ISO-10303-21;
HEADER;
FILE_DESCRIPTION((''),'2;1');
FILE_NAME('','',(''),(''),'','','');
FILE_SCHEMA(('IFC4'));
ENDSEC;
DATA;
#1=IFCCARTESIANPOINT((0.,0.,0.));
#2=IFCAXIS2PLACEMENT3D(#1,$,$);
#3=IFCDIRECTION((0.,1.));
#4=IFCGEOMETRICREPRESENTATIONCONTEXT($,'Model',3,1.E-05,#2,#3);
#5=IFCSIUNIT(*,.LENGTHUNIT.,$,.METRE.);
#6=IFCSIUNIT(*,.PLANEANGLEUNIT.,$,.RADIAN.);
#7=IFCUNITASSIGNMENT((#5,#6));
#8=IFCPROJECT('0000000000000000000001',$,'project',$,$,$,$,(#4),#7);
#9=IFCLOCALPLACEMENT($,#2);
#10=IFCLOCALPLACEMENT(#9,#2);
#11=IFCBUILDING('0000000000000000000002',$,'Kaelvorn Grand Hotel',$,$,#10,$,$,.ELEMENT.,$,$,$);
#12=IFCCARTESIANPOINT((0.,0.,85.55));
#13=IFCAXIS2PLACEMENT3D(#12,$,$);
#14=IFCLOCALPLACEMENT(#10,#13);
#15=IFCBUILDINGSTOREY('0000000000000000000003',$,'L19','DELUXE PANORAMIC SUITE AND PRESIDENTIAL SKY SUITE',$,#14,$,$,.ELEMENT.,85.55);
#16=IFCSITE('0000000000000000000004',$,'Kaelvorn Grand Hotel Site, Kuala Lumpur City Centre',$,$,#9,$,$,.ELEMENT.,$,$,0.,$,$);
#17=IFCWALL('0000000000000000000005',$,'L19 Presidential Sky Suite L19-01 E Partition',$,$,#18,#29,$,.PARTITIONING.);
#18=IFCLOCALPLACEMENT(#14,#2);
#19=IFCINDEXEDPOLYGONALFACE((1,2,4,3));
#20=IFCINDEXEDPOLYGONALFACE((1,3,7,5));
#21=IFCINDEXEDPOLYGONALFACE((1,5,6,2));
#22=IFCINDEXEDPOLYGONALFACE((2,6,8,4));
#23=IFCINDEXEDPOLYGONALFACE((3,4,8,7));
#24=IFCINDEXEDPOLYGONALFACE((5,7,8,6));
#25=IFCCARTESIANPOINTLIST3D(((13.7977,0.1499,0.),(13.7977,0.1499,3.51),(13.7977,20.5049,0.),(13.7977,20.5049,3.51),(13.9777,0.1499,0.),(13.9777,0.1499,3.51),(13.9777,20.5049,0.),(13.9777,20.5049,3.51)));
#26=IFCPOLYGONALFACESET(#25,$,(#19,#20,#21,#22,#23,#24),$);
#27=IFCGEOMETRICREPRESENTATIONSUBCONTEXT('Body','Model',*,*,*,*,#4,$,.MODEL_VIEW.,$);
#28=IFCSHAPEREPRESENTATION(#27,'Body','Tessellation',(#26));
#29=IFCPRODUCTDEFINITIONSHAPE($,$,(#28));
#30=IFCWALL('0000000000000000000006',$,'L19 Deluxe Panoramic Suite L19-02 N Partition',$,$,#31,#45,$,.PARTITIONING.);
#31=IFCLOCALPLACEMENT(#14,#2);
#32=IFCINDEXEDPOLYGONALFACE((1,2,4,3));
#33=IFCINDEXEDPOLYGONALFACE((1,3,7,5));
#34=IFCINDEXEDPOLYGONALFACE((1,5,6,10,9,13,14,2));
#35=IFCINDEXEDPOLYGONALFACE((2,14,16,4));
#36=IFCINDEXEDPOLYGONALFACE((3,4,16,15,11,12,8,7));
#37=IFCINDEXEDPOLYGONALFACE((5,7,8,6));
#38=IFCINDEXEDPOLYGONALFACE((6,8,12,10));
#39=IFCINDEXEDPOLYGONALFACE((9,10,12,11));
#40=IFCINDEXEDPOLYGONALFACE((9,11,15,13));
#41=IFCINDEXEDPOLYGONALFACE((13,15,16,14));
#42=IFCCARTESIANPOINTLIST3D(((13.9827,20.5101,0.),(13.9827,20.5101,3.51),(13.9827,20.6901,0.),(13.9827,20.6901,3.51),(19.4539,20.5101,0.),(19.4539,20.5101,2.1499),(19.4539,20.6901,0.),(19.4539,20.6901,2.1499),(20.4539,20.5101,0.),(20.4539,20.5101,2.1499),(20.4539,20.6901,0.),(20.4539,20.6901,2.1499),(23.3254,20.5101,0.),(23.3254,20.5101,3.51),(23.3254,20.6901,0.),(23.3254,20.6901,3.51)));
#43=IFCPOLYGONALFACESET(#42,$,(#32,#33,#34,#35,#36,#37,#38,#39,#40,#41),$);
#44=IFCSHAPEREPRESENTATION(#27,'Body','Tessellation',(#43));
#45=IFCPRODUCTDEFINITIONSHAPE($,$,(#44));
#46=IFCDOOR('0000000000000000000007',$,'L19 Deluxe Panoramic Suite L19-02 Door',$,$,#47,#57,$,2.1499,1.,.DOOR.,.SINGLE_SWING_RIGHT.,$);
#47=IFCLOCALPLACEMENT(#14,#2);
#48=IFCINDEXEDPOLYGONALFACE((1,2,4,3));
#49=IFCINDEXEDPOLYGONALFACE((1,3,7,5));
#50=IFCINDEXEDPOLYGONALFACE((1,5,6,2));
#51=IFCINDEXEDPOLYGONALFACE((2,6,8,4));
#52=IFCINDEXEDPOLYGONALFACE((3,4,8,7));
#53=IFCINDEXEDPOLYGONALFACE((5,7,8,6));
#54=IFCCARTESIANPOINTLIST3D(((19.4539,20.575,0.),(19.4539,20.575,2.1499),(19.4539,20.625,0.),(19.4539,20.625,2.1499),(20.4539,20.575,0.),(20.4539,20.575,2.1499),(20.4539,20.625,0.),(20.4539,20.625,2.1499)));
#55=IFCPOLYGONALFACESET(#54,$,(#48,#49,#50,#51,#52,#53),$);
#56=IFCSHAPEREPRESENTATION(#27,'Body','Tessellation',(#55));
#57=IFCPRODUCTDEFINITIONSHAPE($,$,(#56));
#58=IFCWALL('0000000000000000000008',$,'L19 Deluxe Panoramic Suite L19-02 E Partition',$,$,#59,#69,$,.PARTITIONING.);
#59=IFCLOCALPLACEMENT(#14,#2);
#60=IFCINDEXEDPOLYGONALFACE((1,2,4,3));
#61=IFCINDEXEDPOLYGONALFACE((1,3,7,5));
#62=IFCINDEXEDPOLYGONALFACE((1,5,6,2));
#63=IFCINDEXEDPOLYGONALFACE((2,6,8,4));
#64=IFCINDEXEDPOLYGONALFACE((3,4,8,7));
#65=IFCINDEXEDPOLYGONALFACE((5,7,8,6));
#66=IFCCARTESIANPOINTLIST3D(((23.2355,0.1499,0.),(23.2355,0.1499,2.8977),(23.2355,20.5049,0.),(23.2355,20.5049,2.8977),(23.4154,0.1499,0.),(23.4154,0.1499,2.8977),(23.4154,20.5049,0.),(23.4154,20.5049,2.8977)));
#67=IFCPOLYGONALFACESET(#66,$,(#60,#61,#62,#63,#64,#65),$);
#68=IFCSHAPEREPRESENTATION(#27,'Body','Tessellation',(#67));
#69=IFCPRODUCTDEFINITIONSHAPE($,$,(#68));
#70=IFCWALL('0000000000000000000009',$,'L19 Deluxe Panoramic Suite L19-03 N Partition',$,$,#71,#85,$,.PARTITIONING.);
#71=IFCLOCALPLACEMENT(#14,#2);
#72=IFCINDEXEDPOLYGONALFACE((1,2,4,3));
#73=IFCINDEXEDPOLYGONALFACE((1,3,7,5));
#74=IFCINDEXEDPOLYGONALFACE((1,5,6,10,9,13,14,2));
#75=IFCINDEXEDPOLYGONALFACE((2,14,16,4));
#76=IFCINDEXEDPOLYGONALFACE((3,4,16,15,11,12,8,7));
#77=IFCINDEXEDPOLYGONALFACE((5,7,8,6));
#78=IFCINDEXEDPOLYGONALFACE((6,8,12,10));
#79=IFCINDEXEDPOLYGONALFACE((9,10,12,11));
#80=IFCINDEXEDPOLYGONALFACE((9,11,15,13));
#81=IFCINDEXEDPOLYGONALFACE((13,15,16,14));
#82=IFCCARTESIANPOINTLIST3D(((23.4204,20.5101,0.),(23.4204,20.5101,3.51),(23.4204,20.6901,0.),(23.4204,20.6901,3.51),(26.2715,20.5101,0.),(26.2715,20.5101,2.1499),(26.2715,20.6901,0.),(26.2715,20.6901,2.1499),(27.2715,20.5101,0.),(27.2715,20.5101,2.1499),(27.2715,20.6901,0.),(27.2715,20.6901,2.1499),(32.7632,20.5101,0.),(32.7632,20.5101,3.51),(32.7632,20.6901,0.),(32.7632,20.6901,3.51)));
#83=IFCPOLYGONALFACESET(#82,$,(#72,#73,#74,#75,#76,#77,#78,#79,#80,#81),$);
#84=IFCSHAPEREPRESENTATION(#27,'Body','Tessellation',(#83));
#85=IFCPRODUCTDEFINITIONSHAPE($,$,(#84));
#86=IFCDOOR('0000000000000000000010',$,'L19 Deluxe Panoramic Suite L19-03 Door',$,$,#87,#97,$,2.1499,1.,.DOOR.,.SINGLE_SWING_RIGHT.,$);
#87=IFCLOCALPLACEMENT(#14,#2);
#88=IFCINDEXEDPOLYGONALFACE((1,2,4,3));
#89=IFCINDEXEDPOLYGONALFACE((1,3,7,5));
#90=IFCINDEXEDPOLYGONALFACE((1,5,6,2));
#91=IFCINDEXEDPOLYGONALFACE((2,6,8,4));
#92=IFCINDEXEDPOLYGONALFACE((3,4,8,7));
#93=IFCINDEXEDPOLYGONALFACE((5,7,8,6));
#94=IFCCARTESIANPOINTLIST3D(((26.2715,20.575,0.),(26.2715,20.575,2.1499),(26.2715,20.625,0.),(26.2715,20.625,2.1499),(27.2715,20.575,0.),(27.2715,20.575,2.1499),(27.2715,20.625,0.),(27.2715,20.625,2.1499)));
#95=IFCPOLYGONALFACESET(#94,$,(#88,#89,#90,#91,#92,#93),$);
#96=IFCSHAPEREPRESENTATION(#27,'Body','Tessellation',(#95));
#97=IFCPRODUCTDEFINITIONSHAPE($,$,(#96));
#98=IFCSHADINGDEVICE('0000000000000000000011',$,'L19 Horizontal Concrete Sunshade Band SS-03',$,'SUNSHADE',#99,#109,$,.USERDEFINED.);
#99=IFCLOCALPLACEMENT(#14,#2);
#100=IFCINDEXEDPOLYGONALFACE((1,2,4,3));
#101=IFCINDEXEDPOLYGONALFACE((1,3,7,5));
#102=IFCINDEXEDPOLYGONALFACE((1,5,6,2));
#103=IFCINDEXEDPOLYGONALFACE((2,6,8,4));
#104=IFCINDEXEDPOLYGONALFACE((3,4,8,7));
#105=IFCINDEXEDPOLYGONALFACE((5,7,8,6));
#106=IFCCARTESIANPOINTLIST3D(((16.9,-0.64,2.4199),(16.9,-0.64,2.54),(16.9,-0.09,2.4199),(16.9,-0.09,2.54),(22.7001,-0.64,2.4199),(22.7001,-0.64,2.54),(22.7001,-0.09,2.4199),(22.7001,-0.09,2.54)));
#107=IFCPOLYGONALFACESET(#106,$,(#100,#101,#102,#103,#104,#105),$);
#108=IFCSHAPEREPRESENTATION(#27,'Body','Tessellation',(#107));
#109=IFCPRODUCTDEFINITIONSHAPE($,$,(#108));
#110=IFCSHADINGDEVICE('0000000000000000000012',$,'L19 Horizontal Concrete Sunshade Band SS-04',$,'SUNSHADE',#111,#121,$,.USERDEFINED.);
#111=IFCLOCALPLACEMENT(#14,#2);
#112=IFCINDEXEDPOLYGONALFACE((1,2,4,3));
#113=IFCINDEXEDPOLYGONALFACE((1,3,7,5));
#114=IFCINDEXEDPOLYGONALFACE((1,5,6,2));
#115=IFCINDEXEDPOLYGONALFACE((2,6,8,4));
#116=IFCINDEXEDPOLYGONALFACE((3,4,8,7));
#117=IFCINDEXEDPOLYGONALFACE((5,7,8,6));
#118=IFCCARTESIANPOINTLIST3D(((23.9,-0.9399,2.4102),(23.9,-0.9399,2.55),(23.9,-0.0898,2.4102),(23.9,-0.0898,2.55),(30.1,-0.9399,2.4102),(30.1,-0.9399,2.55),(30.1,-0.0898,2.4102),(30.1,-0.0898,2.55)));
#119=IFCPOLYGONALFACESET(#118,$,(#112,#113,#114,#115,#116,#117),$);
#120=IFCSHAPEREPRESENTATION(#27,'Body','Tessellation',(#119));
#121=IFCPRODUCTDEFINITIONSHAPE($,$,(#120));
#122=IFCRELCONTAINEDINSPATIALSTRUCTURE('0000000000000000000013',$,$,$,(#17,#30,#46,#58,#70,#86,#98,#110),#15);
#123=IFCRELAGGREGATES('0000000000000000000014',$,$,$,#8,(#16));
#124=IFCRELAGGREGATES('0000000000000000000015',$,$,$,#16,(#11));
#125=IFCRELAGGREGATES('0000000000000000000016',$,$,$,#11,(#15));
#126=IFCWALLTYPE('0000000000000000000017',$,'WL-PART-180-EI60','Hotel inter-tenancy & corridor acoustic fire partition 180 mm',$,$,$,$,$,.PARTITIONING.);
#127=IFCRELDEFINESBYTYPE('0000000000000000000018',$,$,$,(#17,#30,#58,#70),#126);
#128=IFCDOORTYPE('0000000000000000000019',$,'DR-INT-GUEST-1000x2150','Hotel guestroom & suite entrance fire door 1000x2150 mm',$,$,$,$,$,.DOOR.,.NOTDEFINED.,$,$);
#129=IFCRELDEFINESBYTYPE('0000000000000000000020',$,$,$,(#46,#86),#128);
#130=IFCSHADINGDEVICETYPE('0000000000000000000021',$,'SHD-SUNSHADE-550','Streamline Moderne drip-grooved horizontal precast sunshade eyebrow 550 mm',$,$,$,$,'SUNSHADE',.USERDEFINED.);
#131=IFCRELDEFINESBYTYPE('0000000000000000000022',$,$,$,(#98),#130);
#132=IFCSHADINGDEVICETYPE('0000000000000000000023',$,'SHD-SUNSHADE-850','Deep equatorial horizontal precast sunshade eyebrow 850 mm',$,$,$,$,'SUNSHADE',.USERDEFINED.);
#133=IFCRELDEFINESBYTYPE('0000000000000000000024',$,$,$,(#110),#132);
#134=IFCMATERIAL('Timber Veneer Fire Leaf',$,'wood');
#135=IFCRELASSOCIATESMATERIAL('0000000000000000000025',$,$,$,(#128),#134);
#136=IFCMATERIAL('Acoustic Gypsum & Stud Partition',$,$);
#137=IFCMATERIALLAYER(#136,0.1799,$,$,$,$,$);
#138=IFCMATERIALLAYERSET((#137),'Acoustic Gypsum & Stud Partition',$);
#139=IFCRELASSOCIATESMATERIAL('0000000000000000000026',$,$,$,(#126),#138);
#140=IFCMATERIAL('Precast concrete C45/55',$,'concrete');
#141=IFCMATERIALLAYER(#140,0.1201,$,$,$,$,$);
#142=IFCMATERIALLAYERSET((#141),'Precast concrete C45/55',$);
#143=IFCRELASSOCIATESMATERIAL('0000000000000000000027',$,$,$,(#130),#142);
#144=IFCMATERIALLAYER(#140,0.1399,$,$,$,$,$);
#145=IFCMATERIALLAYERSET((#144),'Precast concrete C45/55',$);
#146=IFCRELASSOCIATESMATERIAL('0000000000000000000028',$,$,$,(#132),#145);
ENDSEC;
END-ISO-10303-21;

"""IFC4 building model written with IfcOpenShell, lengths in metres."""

from ifc_helpers import new_model, si_unit, direction, frame, frame_2d, origin, origin_2d, place, context, subcontext, project, spatial, rectangle, extrude, material, layer, layer_set, type_object, element, fill, save


model = new_model("IFC4")

# Units and contexts
model_context = context("Model", 3, precision=1e-05, world=origin(), true_north=direction((0.0, 1.0)))
body_context = subcontext(model_context, "Body", "Model", "MODEL_VIEW")
ifc_project = project(units=[si_unit("LENGTHUNIT", "METRE"), si_unit("PLANEANGLEUNIT", "RADIAN")], contexts=[model_context])

# Site, building, storey
site_placement = place(None, origin())
site = spatial("IfcSite", under=ifc_project, at=site_placement, Name="Kaelvorn Grand Hotel Site, Kuala Lumpur City Centre", CompositionType="ELEMENT", RefElevation=0.0)
building_placement = place(site_placement, origin())
building = spatial("IfcBuilding", under=site, at=building_placement, Name="Kaelvorn Grand Hotel", CompositionType="ELEMENT")
storey_placement = place(building_placement, frame((0.0, 0.0, 85.55)))
storey = spatial("IfcBuildingStorey", under=building, at=storey_placement, Name="L19", Description="DELUXE PANORAMIC SUITE AND PRESIDENTIAL SKY SUITE", CompositionType="ELEMENT", Elevation=85.55)

# Shared definitions
ifc_material_1 = material(Name="Acoustic Gypsum & Stud Partition")
ifc_material_2 = material(Name="Timber Veneer Fire Leaf", Category="wood")
door_type_1 = type_object("IfcDoorType", Name="DR-INT-GUEST-1000x2150", Description="Hotel guestroom & suite entrance fire door 1000x2150 mm", OperationType="NOTDEFINED", PredefinedType="DOOR", material=ifc_material_2)

# Wall
ifc_layer_1 = layer(ifc_material_1, 0.1799)
ifc_layer_set_1 = layer_set([ifc_layer_1], Name="Acoustic Gypsum & Stud Partition")
wall_type_1 = type_object("IfcWallType", Name="WL-PART-180-EI60", Description="Hotel inter-tenancy & corridor acoustic fire partition 180 mm", PredefinedType="PARTITIONING", material=ifc_layer_set_1)
wall_1_placement = place(storey_placement, frame((13.8877, 0.1499, 0.0), z_axis=(0.0, 0.0, 1.0), x_axis=(0.0, 1.0, 0.0)))
element("IfcWall", 1, at=wall_1_placement, inside=storey, type_object=wall_type_1, Name="L19 Presidential Sky Suite L19-01 E Partition", PredefinedType="PARTITIONING", context=body_context, shape_type="SweptSolid", body=[
    extrude(rectangle(XDim=20.355, YDim=0.1799, at=frame_2d((10.1775, 0.0))), origin(), (0.0, 0.0, 1.0), 3.51),
])

# Wall, opening, door
wall_2_placement = place(storey_placement, frame((13.9827, 20.6001, 0.0), z_axis=(0.0, 0.0, 1.0), x_axis=(1.0, 0.0, 0.0)))
wall_2 = element("IfcWall", 2, at=wall_2_placement, inside=storey, type_object=wall_type_1, Name="L19 Deluxe Panoramic Suite L19-02 N Partition", PredefinedType="PARTITIONING", context=body_context, shape_type="SweptSolid", body=[
    extrude(rectangle(XDim=9.3428, YDim=0.1799, at=frame_2d((4.6714, 0.0))), origin(), (0.0, 0.0, 1.0), 3.51),
])
opening_1_placement = place(wall_2_placement, frame((5.4712, 0.0, 0.0)))
opening_1 = element("IfcOpeningElement", 3, at=opening_1_placement, cuts=wall_2, PredefinedType="OPENING", context=body_context, shape_type="SweptSolid", body=[
    extrude(rectangle(XDim=1.0, YDim=2.1499, at=frame_2d((0.5, 1.075))), frame((0.0, 0.1001, 0.0), z_axis=(0.0, -1.0, 0.0), x_axis=(1.0, 0.0, 0.0)), (0.0, 0.0, 1.0), 0.2),
])
door_1_placement = place(opening_1_placement, origin())
door_1 = element("IfcDoor", 4, at=door_1_placement, inside=storey, type_object=door_type_1, Name="L19 Deluxe Panoramic Suite L19-02 Door", OperationType="SINGLE_SWING_RIGHT", OverallHeight=2.1499, OverallWidth=1.0, PredefinedType="DOOR", context=body_context, shape_type="SweptSolid", body=[
    extrude(rectangle(XDim=1.0, YDim=2.1499, at=frame_2d((0.5, 1.075))), frame((0.0, 0.0249, 0.0), z_axis=(0.0, -1.0, 0.0), x_axis=(1.0, 0.0, 0.0)), (0.0, 0.0, 1.0), 0.05),
])
fill(opening_1, door_1)

# Wall
wall_3_placement = place(storey_placement, frame((23.3254, 0.1499, 0.0), z_axis=(0.0, 0.0, 1.0), x_axis=(0.0, 1.0, 0.0)))
element("IfcWall", 5, at=wall_3_placement, inside=storey, type_object=wall_type_1, Name="L19 Deluxe Panoramic Suite L19-02 E Partition", PredefinedType="PARTITIONING", context=body_context, shape_type="SweptSolid", body=[
    extrude(rectangle(XDim=20.355, YDim=0.1799, at=frame_2d((10.1775, 0.0))), origin(), (0.0, 0.0, 1.0), 2.8977),
])

# Wall, opening, door
wall_4_placement = place(storey_placement, frame((23.4204, 20.6001, 0.0), z_axis=(0.0, 0.0, 1.0), x_axis=(1.0, 0.0, 0.0)))
wall_4 = element("IfcWall", 6, at=wall_4_placement, inside=storey, type_object=wall_type_1, Name="L19 Deluxe Panoramic Suite L19-03 N Partition", PredefinedType="PARTITIONING", context=body_context, shape_type="SweptSolid", body=[
    extrude(rectangle(XDim=9.3428, YDim=0.1799, at=frame_2d((4.6714, 0.0))), origin(), (0.0, 0.0, 1.0), 3.51),
])
opening_2_placement = place(wall_4_placement, frame((2.8511, 0.0, 0.0)))
opening_2 = element("IfcOpeningElement", 7, at=opening_2_placement, cuts=wall_4, PredefinedType="OPENING", context=body_context, shape_type="SweptSolid", body=[
    extrude(rectangle(XDim=1.0, YDim=2.1499, at=frame_2d((0.5, 1.075))), frame((0.0, 0.1001, 0.0), z_axis=(0.0, -1.0, 0.0), x_axis=(1.0, 0.0, 0.0)), (0.0, 0.0, 1.0), 0.2),
])
door_2_placement = place(opening_2_placement, origin())
door_2 = element("IfcDoor", 8, at=door_2_placement, inside=storey, type_object=door_type_1, Name="L19 Deluxe Panoramic Suite L19-03 Door", OperationType="SINGLE_SWING_RIGHT", OverallHeight=2.1499, OverallWidth=1.0, PredefinedType="DOOR", context=body_context, shape_type="SweptSolid", body=[
    extrude(rectangle(XDim=1.0, YDim=2.1499, at=frame_2d((0.5, 1.075))), frame((0.0, 0.0249, 0.0), z_axis=(0.0, -1.0, 0.0), x_axis=(1.0, 0.0, 0.0)), (0.0, 0.0, 1.0), 0.05),
])
fill(opening_2, door_2)

# Shading devices
ifc_material_3 = material(Name="Precast concrete C45/55", Category="concrete")
ifc_layer_2 = layer(ifc_material_3, 0.1201)
ifc_layer_set_2 = layer_set([ifc_layer_2], Name="Precast concrete C45/55")
shading_device_type_1 = type_object("IfcShadingDeviceType", Name="SHD-SUNSHADE-550", Description="Streamline Moderne drip-grooved horizontal precast sunshade eyebrow 550 mm", ElementType="SUNSHADE", PredefinedType="USERDEFINED", material=ifc_layer_set_2)
shading_device_1_placement = place(storey_placement, frame((19.8, -0.365, 2.4199), z_axis=(0.0, 0.0, 1.0), x_axis=(1.0, 0.0, 0.0)))
element("IfcShadingDevice", 9, at=shading_device_1_placement, inside=storey, type_object=shading_device_type_1, Name="L19 Horizontal Concrete Sunshade Band SS-03", ObjectType="SUNSHADE", PredefinedType="USERDEFINED", context=body_context, shape_type="SweptSolid", body=[
    extrude(rectangle(XDim=5.8, YDim=0.55, at=origin_2d()), origin(), (0.0, 0.0, 1.0), 0.1201),
])
ifc_layer_3 = layer(ifc_material_3, 0.1399)
ifc_layer_set_3 = layer_set([ifc_layer_3], Name="Precast concrete C45/55")
shading_device_type_2 = type_object("IfcShadingDeviceType", Name="SHD-SUNSHADE-850", Description="Deep equatorial horizontal precast sunshade eyebrow 850 mm", ElementType="SUNSHADE", PredefinedType="USERDEFINED", material=ifc_layer_set_3)
shading_device_2_placement = place(storey_placement, frame((27.0, -0.5149, 2.4102), z_axis=(0.0, 0.0, 1.0), x_axis=(1.0, 0.0, 0.0)))
element("IfcShadingDevice", 10, at=shading_device_2_placement, inside=storey, type_object=shading_device_type_2, Name="L19 Horizontal Concrete Sunshade Band SS-04", ObjectType="SUNSHADE", PredefinedType="USERDEFINED", context=body_context, shape_type="SweptSolid", body=[
    extrude(rectangle(XDim=6.2, YDim=0.8501, at=origin_2d()), origin(), (0.0, 0.0, 1.0), 0.1399),
])

save(model, "model.ifc")
